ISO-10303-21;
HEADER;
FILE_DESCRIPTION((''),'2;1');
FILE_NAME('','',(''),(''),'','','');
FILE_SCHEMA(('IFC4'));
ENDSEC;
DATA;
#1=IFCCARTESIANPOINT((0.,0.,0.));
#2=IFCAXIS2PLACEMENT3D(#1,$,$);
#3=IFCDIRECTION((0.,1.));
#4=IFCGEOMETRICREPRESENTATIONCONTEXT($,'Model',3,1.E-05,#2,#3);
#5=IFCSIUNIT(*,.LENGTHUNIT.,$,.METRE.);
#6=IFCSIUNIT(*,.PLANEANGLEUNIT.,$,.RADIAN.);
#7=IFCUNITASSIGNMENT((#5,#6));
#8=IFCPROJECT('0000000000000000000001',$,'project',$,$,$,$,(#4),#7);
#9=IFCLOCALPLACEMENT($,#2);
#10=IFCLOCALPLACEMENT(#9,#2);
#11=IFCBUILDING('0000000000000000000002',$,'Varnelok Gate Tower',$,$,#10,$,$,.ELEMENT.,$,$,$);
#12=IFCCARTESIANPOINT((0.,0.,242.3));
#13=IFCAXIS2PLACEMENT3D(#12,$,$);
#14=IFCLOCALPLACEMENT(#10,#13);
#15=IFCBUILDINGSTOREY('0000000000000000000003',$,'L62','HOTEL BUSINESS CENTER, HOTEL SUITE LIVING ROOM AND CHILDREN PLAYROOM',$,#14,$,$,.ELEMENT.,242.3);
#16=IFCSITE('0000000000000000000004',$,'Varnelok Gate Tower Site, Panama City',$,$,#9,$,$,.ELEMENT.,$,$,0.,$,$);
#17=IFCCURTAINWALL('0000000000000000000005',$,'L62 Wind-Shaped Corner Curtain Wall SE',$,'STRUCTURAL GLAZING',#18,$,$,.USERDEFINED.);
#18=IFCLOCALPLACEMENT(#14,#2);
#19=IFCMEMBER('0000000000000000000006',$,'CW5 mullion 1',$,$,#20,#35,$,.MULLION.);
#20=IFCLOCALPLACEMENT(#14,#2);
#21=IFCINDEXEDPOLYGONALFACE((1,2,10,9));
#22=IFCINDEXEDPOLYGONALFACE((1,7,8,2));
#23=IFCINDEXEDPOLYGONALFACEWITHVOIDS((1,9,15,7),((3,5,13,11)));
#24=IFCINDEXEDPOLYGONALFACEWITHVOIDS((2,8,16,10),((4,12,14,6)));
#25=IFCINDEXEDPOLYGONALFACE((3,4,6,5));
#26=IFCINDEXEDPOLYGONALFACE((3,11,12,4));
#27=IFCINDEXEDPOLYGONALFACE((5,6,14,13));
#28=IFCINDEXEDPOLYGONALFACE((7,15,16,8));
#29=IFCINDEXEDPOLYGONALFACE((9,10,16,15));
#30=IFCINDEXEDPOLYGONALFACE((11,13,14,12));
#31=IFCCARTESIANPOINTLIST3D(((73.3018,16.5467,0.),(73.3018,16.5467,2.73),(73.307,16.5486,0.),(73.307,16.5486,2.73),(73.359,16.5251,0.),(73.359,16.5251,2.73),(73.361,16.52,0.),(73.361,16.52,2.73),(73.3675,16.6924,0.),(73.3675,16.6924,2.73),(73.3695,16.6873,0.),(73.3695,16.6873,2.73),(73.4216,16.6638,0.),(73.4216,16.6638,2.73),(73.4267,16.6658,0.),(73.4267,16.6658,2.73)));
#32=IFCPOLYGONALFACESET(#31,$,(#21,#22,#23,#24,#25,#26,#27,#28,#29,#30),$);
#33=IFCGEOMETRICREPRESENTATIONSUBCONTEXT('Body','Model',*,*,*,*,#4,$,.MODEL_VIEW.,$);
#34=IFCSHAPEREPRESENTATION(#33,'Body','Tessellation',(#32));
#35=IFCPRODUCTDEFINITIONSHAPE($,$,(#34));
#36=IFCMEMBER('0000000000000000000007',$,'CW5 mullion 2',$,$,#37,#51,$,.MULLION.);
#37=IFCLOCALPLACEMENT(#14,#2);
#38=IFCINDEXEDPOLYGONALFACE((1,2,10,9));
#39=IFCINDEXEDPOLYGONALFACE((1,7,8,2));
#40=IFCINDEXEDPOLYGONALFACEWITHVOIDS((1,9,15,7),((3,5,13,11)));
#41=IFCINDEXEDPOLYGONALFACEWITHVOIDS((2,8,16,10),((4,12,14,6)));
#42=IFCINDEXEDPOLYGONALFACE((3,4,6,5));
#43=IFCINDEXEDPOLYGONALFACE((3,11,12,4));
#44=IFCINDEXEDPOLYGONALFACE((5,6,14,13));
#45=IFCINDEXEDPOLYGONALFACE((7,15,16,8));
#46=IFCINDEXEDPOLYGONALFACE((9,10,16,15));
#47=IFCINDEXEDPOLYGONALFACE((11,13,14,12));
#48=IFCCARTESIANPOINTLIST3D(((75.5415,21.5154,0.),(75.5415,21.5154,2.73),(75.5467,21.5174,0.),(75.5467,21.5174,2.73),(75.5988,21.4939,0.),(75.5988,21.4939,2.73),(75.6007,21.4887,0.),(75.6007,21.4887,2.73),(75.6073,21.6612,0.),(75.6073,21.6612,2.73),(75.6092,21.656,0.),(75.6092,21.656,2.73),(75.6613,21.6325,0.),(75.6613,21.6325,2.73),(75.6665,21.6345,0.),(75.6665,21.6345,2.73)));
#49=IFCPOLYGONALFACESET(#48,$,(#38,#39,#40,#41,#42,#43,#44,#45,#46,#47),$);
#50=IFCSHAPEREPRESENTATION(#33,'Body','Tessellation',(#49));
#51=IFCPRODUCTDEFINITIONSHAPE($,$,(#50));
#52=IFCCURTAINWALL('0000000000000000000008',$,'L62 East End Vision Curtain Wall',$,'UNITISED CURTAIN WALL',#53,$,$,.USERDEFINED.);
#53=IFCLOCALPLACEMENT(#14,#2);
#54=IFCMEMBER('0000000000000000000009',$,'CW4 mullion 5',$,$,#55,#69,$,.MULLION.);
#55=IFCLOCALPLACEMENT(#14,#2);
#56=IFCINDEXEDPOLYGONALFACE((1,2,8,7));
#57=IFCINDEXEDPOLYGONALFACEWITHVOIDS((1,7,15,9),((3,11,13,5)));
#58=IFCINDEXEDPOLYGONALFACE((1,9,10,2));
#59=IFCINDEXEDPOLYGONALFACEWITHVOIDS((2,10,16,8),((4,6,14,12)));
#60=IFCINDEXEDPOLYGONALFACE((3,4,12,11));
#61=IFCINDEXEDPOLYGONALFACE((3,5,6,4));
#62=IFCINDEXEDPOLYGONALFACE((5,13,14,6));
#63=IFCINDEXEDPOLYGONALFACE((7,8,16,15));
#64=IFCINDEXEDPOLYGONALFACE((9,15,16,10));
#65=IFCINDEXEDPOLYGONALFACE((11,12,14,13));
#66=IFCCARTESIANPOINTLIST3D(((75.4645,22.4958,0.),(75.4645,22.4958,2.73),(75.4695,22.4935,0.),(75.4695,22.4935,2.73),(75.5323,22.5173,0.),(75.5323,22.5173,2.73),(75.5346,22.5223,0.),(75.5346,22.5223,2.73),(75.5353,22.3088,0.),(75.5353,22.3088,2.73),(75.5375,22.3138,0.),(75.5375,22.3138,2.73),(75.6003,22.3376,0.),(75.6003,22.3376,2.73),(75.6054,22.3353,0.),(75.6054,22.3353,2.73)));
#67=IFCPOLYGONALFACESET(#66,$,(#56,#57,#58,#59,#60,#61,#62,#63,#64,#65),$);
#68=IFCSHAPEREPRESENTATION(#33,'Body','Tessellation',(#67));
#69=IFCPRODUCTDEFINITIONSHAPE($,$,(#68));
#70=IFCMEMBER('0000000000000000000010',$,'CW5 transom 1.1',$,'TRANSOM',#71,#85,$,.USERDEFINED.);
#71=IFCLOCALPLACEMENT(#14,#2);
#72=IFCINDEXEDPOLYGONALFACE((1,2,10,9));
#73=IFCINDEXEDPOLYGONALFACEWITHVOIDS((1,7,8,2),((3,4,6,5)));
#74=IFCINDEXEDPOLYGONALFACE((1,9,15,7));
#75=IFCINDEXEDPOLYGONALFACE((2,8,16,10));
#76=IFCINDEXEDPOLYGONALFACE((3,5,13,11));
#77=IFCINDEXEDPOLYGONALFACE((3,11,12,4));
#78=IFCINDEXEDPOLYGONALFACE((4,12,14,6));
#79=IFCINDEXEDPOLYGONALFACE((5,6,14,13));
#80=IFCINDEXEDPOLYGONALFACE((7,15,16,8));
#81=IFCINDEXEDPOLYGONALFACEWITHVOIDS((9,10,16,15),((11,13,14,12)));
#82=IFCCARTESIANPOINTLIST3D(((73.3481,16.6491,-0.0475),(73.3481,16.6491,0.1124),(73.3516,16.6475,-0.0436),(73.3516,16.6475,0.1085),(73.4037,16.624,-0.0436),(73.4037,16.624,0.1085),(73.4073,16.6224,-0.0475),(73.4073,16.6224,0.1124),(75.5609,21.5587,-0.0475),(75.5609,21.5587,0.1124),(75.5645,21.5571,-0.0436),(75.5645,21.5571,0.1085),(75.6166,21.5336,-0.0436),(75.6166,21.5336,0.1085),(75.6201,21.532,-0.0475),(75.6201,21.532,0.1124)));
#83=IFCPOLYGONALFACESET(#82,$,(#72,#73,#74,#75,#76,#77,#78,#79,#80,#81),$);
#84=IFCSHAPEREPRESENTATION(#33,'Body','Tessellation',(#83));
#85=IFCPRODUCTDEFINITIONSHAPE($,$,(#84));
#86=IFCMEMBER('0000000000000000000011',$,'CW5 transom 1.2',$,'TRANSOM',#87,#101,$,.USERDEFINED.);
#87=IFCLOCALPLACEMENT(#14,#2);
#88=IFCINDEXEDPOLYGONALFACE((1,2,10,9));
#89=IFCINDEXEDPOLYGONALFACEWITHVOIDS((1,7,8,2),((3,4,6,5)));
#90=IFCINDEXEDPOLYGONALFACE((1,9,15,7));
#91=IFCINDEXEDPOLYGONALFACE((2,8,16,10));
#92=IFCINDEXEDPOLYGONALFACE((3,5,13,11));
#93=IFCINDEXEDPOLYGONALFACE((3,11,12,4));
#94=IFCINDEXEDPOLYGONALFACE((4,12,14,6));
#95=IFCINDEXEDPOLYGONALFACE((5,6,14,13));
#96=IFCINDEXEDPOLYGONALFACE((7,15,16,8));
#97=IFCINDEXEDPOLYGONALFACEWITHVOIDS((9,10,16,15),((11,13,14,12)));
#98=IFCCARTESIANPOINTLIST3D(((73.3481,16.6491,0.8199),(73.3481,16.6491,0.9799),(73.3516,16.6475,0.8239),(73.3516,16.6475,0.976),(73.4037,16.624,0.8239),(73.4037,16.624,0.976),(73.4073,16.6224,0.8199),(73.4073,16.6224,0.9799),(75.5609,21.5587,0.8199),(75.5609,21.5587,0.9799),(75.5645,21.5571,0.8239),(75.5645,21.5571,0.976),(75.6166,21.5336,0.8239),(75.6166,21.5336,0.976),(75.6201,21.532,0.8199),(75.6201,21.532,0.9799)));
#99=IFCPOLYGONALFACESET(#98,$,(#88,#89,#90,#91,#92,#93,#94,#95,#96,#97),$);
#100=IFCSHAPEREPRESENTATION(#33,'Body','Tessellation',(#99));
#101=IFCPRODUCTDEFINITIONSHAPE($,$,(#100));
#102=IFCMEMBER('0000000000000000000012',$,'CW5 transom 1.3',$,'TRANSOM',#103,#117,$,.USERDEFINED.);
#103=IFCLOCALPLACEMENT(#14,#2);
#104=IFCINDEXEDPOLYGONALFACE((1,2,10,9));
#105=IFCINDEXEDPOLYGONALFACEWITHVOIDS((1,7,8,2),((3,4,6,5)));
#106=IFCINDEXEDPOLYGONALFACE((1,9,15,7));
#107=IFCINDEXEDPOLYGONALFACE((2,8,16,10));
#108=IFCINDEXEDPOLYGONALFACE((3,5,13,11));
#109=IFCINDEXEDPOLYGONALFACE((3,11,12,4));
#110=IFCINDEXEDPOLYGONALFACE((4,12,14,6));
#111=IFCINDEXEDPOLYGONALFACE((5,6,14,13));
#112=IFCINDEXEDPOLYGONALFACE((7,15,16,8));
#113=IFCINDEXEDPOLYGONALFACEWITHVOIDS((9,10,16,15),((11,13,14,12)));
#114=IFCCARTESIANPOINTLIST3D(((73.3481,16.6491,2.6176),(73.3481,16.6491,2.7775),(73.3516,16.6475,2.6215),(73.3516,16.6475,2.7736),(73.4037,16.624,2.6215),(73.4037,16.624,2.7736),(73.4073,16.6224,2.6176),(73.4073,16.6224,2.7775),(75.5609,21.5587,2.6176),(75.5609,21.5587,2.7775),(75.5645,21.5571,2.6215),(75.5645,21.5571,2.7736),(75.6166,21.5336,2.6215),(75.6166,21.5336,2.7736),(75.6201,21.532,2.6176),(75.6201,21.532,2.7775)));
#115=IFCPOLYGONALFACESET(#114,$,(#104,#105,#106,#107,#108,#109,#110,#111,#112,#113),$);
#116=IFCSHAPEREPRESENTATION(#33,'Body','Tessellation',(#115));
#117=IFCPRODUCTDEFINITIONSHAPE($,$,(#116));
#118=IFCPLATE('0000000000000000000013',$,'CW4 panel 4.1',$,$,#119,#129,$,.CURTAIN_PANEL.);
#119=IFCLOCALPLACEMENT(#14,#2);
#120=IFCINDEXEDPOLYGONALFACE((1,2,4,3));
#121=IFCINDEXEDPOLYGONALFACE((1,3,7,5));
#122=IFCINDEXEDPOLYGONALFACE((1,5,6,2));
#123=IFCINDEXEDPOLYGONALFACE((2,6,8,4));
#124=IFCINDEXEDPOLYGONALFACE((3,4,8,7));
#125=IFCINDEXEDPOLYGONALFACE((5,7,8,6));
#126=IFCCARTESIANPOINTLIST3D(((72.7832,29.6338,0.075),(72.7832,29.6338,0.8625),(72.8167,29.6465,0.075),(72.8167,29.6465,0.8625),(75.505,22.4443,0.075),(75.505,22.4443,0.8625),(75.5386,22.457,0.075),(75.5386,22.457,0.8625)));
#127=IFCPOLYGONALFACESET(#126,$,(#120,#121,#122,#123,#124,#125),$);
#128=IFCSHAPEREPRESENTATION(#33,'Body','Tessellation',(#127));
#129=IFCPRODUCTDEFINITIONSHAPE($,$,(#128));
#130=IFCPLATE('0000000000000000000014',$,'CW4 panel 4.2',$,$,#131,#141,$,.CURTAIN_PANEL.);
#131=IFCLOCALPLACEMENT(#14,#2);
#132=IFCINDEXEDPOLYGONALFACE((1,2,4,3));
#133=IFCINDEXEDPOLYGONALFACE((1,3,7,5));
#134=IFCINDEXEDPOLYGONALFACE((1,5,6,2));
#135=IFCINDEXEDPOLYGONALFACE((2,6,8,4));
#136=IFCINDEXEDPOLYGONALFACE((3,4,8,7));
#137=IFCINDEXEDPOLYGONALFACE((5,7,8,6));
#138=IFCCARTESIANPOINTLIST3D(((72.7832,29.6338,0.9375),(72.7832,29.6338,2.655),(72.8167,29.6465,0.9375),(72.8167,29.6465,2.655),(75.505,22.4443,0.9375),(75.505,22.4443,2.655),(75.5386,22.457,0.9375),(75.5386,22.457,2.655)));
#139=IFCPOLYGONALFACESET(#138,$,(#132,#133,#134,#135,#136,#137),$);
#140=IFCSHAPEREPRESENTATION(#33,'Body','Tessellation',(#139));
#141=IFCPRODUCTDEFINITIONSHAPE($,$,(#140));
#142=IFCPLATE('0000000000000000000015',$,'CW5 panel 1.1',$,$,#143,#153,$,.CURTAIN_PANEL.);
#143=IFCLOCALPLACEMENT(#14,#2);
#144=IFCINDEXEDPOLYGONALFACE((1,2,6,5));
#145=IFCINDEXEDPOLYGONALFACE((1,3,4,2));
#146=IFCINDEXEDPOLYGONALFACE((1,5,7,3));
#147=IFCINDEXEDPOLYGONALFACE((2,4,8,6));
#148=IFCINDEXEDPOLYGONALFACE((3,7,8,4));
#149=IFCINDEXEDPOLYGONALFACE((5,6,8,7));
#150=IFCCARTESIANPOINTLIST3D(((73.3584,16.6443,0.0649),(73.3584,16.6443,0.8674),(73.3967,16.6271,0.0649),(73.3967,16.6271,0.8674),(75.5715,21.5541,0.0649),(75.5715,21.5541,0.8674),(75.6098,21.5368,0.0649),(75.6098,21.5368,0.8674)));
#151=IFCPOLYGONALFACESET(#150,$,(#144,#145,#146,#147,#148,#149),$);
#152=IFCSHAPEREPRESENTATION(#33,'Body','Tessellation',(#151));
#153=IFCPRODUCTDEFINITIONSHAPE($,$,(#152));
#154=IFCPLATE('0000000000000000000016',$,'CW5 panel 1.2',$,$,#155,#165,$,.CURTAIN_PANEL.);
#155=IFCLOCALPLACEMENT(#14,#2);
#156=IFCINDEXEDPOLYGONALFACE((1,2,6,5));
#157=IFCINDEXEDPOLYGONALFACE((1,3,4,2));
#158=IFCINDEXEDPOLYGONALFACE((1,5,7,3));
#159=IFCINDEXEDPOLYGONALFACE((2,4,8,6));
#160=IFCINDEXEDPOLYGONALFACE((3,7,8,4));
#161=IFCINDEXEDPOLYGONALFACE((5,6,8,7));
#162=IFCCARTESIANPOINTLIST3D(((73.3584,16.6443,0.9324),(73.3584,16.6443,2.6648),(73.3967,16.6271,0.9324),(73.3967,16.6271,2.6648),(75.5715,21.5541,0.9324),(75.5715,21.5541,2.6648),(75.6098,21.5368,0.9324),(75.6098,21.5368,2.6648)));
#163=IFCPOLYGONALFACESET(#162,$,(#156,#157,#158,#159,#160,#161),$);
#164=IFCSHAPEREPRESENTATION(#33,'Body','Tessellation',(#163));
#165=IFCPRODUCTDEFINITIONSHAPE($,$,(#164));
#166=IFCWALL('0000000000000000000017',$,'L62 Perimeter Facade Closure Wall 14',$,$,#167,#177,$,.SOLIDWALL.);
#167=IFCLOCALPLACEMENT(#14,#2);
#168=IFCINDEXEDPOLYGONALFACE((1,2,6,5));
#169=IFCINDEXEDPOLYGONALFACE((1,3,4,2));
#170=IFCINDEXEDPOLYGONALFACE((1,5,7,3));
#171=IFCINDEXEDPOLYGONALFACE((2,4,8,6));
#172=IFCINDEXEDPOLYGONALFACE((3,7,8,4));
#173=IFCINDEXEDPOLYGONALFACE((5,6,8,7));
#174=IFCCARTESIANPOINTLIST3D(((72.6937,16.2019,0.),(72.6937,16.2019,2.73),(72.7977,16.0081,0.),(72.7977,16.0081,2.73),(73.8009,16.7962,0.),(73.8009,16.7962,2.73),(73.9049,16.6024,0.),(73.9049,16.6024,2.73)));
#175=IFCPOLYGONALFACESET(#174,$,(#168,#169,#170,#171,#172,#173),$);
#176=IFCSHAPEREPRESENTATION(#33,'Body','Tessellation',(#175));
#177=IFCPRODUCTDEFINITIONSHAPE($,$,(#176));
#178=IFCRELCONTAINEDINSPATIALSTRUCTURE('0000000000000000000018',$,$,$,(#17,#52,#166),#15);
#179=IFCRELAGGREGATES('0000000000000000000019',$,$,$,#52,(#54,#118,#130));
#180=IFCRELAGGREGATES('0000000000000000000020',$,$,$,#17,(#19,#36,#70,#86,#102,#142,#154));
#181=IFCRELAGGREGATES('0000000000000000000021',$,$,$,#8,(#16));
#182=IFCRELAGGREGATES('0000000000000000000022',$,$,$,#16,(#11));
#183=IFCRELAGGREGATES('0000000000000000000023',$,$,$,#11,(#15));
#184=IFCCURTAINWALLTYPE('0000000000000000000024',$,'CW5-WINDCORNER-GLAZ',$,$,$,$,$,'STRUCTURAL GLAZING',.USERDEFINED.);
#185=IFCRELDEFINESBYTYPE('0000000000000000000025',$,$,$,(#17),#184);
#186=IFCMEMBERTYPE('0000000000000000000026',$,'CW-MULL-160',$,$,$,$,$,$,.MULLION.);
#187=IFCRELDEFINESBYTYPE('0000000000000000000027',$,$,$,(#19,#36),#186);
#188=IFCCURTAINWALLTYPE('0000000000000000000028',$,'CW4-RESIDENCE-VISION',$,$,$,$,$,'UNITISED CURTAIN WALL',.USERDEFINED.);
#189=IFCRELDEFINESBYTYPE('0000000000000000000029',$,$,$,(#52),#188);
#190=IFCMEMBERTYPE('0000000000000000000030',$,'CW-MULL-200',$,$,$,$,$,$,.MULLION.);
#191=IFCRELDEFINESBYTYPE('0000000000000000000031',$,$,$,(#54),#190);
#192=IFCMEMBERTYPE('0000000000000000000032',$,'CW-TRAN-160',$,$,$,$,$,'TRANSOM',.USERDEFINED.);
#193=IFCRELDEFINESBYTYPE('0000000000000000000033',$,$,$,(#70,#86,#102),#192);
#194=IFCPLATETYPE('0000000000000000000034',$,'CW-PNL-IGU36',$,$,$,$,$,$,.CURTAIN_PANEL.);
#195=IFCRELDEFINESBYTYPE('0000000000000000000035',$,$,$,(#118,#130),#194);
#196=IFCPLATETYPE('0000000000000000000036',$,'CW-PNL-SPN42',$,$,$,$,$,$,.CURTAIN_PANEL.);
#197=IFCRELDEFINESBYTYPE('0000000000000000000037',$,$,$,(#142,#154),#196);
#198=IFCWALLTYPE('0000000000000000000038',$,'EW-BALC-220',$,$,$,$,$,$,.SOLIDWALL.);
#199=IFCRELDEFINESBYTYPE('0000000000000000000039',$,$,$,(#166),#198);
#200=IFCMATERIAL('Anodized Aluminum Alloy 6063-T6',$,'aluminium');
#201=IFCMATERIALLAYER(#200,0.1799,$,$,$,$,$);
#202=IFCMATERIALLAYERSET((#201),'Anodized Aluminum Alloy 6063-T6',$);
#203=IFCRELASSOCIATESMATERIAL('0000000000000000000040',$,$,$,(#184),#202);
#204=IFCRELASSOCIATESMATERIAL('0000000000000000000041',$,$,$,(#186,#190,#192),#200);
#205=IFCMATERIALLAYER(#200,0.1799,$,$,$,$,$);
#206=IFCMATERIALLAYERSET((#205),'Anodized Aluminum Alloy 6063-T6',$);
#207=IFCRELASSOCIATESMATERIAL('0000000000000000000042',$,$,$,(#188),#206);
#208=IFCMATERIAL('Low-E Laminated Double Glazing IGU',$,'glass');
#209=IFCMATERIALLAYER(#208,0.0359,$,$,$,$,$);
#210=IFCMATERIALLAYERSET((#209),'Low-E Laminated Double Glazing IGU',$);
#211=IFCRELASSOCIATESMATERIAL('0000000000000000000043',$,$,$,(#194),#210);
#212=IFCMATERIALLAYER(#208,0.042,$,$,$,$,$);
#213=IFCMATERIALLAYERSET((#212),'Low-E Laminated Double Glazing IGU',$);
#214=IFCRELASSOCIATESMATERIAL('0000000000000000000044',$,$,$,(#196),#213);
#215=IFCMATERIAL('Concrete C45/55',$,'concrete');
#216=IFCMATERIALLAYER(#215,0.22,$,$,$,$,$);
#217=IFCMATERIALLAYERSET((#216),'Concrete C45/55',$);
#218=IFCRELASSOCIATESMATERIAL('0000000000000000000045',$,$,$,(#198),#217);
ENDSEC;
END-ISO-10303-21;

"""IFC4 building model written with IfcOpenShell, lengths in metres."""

from ifc_helpers import new_model, si_unit, direction, frame, frame_2d, origin, origin_2d, place, context, subcontext, project, spatial, rectangle, hollow_rectangle, extrude, source, transform, mapped, material, layer, layer_set, material_profile, profile_set, type_object, element, aggregate, save


model = new_model("IFC4")

# Units and contexts
model_context = context("Model", 3, precision=1e-05, world=origin(), true_north=direction((0.0, 1.0)))
body_context = subcontext(model_context, "Body", "Model", "MODEL_VIEW")
ifc_project = project(units=[si_unit("LENGTHUNIT", "METRE"), si_unit("PLANEANGLEUNIT", "RADIAN")], contexts=[model_context])

# Site, building, storey
site_placement = place(None, origin())
site = spatial("IfcSite", under=ifc_project, at=site_placement, Name="Varnelok Gate Tower Site, Panama City", CompositionType="ELEMENT", RefElevation=0.0)
building_placement = place(site_placement, origin())
building = spatial("IfcBuilding", under=site, at=building_placement, Name="Varnelok Gate Tower", CompositionType="ELEMENT")
storey_placement = place(building_placement, frame((0.0, 0.0, 242.3)))
storey = spatial("IfcBuildingStorey", under=building, at=storey_placement, Name="L62", Description="HOTEL BUSINESS CENTER, HOTEL SUITE LIVING ROOM AND CHILDREN PLAYROOM", CompositionType="ELEMENT", Elevation=242.3)

# Curtain wall, members
ifc_material_1 = material(Name="Anodized Aluminum Alloy 6063-T6", Category="aluminium")
ifc_layer_1 = layer(ifc_material_1, 0.1799)
ifc_layer_set_1 = layer_set([ifc_layer_1], Name="Anodized Aluminum Alloy 6063-T6")
curtain_wall_type_1 = type_object("IfcCurtainWallType", Name="CW5-WINDCORNER-GLAZ", ElementType="STRUCTURAL GLAZING", PredefinedType="USERDEFINED", material=ifc_layer_set_1)
curtain_wall_1_placement = place(storey_placement, origin())
curtain_wall_1 = element("IfcCurtainWall", 1, at=curtain_wall_1_placement, inside=storey, type_object=curtain_wall_type_1, Name="L62 Wind-Shaped Corner Curtain Wall SE", ObjectType="STRUCTURAL GLAZING", PredefinedType="USERDEFINED")
ifc_material_profile_1 = material_profile(ifc_material_1, hollow_rectangle(XDim=0.0649, YDim=0.1599, WallThickness=0.0039, at=origin_2d()), Name="ALU160X65X4")
ifc_profile_set_1 = profile_set([ifc_material_profile_1], Name="Anodized Aluminum Alloy 6063-T6")
member_type_1 = type_object("IfcMemberType", Name="CW-MULL-160", PredefinedType="MULLION", material=ifc_profile_set_1)
member_1_placement = place(storey_placement, frame((73.3643, 16.6062, 0.0), z_axis=(0.0, 0.0, 1.0), x_axis=(-0.911663, 0.410939, 0.0)))
member_1 = element("IfcMember", 2, at=member_1_placement, type_object=member_type_1, Name="CW5 mullion 1", PredefinedType="MULLION", context=body_context, shape_type="SweptSolid", body=[
    extrude(hollow_rectangle(XDim=0.0649, YDim=0.1599, WallThickness=0.0039, at=origin_2d()), origin(), (0.0, 0.0, 1.0), 2.73),
])
member_2_placement = place(storey_placement, frame((75.604, 21.575, 0.0), z_axis=(0.0, 0.0, 1.0), x_axis=(-0.911663, 0.410939, 0.0)))
member_2 = element("IfcMember", 3, at=member_2_placement, type_object=member_type_1, Name="CW5 mullion 2", PredefinedType="MULLION", context=body_context, shape_type="SweptSolid", body=[
    extrude(hollow_rectangle(XDim=0.0649, YDim=0.1599, WallThickness=0.0039, at=origin_2d()), origin(), (0.0, 0.0, 1.0), 2.73),
])

# Curtain wall, member
ifc_layer_2 = layer(ifc_material_1, 0.1799)
ifc_layer_set_2 = layer_set([ifc_layer_2], Name="Anodized Aluminum Alloy 6063-T6")
curtain_wall_type_2 = type_object("IfcCurtainWallType", Name="CW4-RESIDENCE-VISION", ElementType="UNITISED CURTAIN WALL", PredefinedType="USERDEFINED", material=ifc_layer_set_2)
curtain_wall_2_placement = place(storey_placement, origin())
curtain_wall_2 = element("IfcCurtainWall", 4, at=curtain_wall_2_placement, inside=storey, type_object=curtain_wall_type_2, Name="L62 East End Vision Curtain Wall", ObjectType="UNITISED CURTAIN WALL", PredefinedType="USERDEFINED")
ifc_material_profile_2 = material_profile(ifc_material_1, hollow_rectangle(XDim=0.075, YDim=0.2, WallThickness=0.0039, at=origin_2d()), Name="ALU200X75X4")
ifc_profile_set_2 = profile_set([ifc_material_profile_2], Name="Anodized Aluminum Alloy 6063-T6")
member_type_2 = type_object("IfcMemberType", Name="CW-MULL-200", PredefinedType="MULLION", material=ifc_profile_set_2)
member_3_placement = place(storey_placement, frame((75.5349, 22.4155, 0.0), z_axis=(0.0, 0.0, 1.0), x_axis=(0.935222, 0.354063, 0.0)))
member_3 = element("IfcMember", 5, at=member_3_placement, type_object=member_type_2, Name="CW4 mullion 5", PredefinedType="MULLION", context=body_context, shape_type="SweptSolid", body=[
    extrude(hollow_rectangle(XDim=0.075, YDim=0.2, WallThickness=0.0039, at=origin_2d()), origin(), (0.0, 0.0, 1.0), 2.73),
])

# Members
ifc_material_profile_3 = material_profile(ifc_material_1, hollow_rectangle(XDim=0.0649, YDim=0.1599, WallThickness=0.0039, at=origin_2d()), Name="ALU160X65X4")
ifc_profile_set_3 = profile_set([ifc_material_profile_3], Name="Anodized Aluminum Alloy 6063-T6")
member_type_3 = type_object("IfcMemberType", Name="CW-TRAN-160", ElementType="TRANSOM", PredefinedType="USERDEFINED", material=ifc_profile_set_3)
member_4_placement = place(storey_placement, frame((73.3777, 16.6357, 0.0325), z_axis=(0.410911, 0.911675, 0.0), x_axis=(-0.911675, 0.410911, 0.0)))
member_4 = element("IfcMember", 6, at=member_4_placement, type_object=member_type_3, Name="CW5 transom 1.1", ObjectType="TRANSOM", PredefinedType="USERDEFINED", context=body_context, shape_type="SweptSolid", body=[
    extrude(hollow_rectangle(XDim=0.0649, YDim=0.1599, WallThickness=0.0039, at=origin_2d()), origin(), (0.0, 0.0, 1.0), 5.3853),
])
member_5_placement = place(storey_placement, frame((73.3777, 16.6357, 0.8999), z_axis=(0.410911, 0.911675, 0.0), x_axis=(-0.911675, 0.410911, 0.0)))
member_5 = element("IfcMember", 7, at=member_5_placement, type_object=member_type_3, Name="CW5 transom 1.2", ObjectType="TRANSOM", PredefinedType="USERDEFINED", context=body_context, shape_type="SweptSolid", body=[
    extrude(hollow_rectangle(XDim=0.0649, YDim=0.1599, WallThickness=0.0039, at=origin_2d()), origin(), (0.0, 0.0, 1.0), 5.3853),
])
member_6_placement = place(storey_placement, frame((73.3777, 16.6357, 2.6975), z_axis=(0.410911, 0.911675, 0.0), x_axis=(-0.911675, 0.410911, 0.0)))
member_6 = element("IfcMember", 8, at=member_6_placement, type_object=member_type_3, Name="CW5 transom 1.3", ObjectType="TRANSOM", PredefinedType="USERDEFINED", context=body_context, shape_type="SweptSolid", body=[
    extrude(hollow_rectangle(XDim=0.0649, YDim=0.1599, WallThickness=0.0039, at=origin_2d()), origin(), (0.0, 0.0, 1.0), 5.3853),
])

# Plates
ifc_material_2 = material(Name="Low-E Laminated Double Glazing IGU", Category="glass")
ifc_layer_3 = layer(ifc_material_2, 0.0359)
ifc_layer_set_3 = layer_set([ifc_layer_3], Name="Low-E Laminated Double Glazing IGU")
plate_type_1 = type_object("IfcPlateType", Name="CW-PNL-IGU36", PredefinedType="CURTAIN_PANEL", material=ifc_layer_set_3)
shared_shape_1 = source(origin(), body_context, "Body", "SweptSolid", [
    extrude(rectangle(XDim=7.6875, YDim=0.0359, at=origin_2d()), origin(), (0.0, 0.0, 1.0), 0.7876),
])
plate_1_placement = place(storey_placement, frame((74.1609, 26.0454, 0.075), z_axis=(0.0, 0.0, 1.0), x_axis=(0.354063, -0.935222, 0.0)))
plate_1 = element("IfcPlate", 9, at=plate_1_placement, type_object=plate_type_1, Name="CW4 panel 4.1", PredefinedType="CURTAIN_PANEL", context=body_context, shape_type="MappedRepresentation", body=[
    mapped(shared_shape_1, transform((0.0, 0.0, 0.0), scale=1.0)),
])
shared_shape_2 = source(origin(), body_context, "Body", "SweptSolid", [
    extrude(rectangle(XDim=7.6875, YDim=0.0359, at=origin_2d()), origin(), (0.0, 0.0, 1.0), 1.7175),
])
plate_2_placement = place(storey_placement, frame((74.1609, 26.0454, 0.9375), z_axis=(0.0, 0.0, 1.0), x_axis=(0.354063, -0.935222, 0.0)))
plate_2 = element("IfcPlate", 10, at=plate_2_placement, type_object=plate_type_1, Name="CW4 panel 4.2", PredefinedType="CURTAIN_PANEL", context=body_context, shape_type="MappedRepresentation", body=[
    mapped(shared_shape_2, transform((0.0, 0.0, 0.0), scale=1.0)),
])
aggregate(curtain_wall_2, [member_3, plate_1, plate_2])
ifc_layer_4 = layer(ifc_material_2, 0.042)
ifc_layer_set_4 = layer_set([ifc_layer_4], Name="Low-E Laminated Double Glazing IGU")
plate_type_2 = type_object("IfcPlateType", Name="CW-PNL-SPN42", PredefinedType="CURTAIN_PANEL", material=ifc_layer_set_4)
shared_shape_3 = source(origin(), body_context, "Body", "SweptSolid", [
    extrude(rectangle(XDim=5.3855, YDim=0.042, at=origin_2d()), origin(), (0.0, 0.0, 1.0), 0.8025),
])
plate_3_placement = place(storey_placement, frame((74.4841, 19.0906, 0.0649), z_axis=(0.0, 0.0, 1.0), x_axis=(0.410939, 0.911663, 0.0)))
plate_3 = element("IfcPlate", 11, at=plate_3_placement, type_object=plate_type_2, Name="CW5 panel 1.1", PredefinedType="CURTAIN_PANEL", context=body_context, shape_type="MappedRepresentation", body=[
    mapped(shared_shape_3, transform((0.0, 0.0, 0.0), scale=1.0)),
])
shared_shape_4 = source(origin(), body_context, "Body", "SweptSolid", [
    extrude(rectangle(XDim=5.3855, YDim=0.042, at=origin_2d()), origin(), (0.0, 0.0, 1.0), 1.7324),
])
plate_4_placement = place(storey_placement, frame((74.4841, 19.0906, 0.9324), z_axis=(0.0, 0.0, 1.0), x_axis=(0.410939, 0.911663, 0.0)))
plate_4 = element("IfcPlate", 12, at=plate_4_placement, type_object=plate_type_2, Name="CW5 panel 1.2", PredefinedType="CURTAIN_PANEL", context=body_context, shape_type="MappedRepresentation", body=[
    mapped(shared_shape_4, transform((0.0, 0.0, 0.0), scale=1.0)),
])
aggregate(curtain_wall_1, [member_1, member_2, member_4, member_5, member_6, plate_3, plate_4])

# Wall
ifc_material_3 = material(Name="Concrete C45/55", Category="concrete")
ifc_layer_5 = layer(ifc_material_3, 0.22)
ifc_layer_set_5 = layer_set([ifc_layer_5], Name="Concrete C45/55")
wall_type = type_object("IfcWallType", Name="EW-BALC-220", PredefinedType="SOLIDWALL", material=ifc_layer_set_5)
wall_1_placement = place(storey_placement, frame((72.7456, 16.105, 0.0), z_axis=(0.0, 0.0, 1.0), x_axis=(0.881113, 0.472906, 0.0)))
element("IfcWall", 13, at=wall_1_placement, inside=storey, type_object=wall_type, Name="L62 Perimeter Facade Closure Wall 14", PredefinedType="SOLIDWALL", context=body_context, shape_type="SweptSolid", body=[
    extrude(rectangle(XDim=1.2566, YDim=0.22, at=frame_2d((0.6284, 0.0))), origin(), (0.0, 0.0, 1.0), 2.73),
])

save(model, "model.ifc")
